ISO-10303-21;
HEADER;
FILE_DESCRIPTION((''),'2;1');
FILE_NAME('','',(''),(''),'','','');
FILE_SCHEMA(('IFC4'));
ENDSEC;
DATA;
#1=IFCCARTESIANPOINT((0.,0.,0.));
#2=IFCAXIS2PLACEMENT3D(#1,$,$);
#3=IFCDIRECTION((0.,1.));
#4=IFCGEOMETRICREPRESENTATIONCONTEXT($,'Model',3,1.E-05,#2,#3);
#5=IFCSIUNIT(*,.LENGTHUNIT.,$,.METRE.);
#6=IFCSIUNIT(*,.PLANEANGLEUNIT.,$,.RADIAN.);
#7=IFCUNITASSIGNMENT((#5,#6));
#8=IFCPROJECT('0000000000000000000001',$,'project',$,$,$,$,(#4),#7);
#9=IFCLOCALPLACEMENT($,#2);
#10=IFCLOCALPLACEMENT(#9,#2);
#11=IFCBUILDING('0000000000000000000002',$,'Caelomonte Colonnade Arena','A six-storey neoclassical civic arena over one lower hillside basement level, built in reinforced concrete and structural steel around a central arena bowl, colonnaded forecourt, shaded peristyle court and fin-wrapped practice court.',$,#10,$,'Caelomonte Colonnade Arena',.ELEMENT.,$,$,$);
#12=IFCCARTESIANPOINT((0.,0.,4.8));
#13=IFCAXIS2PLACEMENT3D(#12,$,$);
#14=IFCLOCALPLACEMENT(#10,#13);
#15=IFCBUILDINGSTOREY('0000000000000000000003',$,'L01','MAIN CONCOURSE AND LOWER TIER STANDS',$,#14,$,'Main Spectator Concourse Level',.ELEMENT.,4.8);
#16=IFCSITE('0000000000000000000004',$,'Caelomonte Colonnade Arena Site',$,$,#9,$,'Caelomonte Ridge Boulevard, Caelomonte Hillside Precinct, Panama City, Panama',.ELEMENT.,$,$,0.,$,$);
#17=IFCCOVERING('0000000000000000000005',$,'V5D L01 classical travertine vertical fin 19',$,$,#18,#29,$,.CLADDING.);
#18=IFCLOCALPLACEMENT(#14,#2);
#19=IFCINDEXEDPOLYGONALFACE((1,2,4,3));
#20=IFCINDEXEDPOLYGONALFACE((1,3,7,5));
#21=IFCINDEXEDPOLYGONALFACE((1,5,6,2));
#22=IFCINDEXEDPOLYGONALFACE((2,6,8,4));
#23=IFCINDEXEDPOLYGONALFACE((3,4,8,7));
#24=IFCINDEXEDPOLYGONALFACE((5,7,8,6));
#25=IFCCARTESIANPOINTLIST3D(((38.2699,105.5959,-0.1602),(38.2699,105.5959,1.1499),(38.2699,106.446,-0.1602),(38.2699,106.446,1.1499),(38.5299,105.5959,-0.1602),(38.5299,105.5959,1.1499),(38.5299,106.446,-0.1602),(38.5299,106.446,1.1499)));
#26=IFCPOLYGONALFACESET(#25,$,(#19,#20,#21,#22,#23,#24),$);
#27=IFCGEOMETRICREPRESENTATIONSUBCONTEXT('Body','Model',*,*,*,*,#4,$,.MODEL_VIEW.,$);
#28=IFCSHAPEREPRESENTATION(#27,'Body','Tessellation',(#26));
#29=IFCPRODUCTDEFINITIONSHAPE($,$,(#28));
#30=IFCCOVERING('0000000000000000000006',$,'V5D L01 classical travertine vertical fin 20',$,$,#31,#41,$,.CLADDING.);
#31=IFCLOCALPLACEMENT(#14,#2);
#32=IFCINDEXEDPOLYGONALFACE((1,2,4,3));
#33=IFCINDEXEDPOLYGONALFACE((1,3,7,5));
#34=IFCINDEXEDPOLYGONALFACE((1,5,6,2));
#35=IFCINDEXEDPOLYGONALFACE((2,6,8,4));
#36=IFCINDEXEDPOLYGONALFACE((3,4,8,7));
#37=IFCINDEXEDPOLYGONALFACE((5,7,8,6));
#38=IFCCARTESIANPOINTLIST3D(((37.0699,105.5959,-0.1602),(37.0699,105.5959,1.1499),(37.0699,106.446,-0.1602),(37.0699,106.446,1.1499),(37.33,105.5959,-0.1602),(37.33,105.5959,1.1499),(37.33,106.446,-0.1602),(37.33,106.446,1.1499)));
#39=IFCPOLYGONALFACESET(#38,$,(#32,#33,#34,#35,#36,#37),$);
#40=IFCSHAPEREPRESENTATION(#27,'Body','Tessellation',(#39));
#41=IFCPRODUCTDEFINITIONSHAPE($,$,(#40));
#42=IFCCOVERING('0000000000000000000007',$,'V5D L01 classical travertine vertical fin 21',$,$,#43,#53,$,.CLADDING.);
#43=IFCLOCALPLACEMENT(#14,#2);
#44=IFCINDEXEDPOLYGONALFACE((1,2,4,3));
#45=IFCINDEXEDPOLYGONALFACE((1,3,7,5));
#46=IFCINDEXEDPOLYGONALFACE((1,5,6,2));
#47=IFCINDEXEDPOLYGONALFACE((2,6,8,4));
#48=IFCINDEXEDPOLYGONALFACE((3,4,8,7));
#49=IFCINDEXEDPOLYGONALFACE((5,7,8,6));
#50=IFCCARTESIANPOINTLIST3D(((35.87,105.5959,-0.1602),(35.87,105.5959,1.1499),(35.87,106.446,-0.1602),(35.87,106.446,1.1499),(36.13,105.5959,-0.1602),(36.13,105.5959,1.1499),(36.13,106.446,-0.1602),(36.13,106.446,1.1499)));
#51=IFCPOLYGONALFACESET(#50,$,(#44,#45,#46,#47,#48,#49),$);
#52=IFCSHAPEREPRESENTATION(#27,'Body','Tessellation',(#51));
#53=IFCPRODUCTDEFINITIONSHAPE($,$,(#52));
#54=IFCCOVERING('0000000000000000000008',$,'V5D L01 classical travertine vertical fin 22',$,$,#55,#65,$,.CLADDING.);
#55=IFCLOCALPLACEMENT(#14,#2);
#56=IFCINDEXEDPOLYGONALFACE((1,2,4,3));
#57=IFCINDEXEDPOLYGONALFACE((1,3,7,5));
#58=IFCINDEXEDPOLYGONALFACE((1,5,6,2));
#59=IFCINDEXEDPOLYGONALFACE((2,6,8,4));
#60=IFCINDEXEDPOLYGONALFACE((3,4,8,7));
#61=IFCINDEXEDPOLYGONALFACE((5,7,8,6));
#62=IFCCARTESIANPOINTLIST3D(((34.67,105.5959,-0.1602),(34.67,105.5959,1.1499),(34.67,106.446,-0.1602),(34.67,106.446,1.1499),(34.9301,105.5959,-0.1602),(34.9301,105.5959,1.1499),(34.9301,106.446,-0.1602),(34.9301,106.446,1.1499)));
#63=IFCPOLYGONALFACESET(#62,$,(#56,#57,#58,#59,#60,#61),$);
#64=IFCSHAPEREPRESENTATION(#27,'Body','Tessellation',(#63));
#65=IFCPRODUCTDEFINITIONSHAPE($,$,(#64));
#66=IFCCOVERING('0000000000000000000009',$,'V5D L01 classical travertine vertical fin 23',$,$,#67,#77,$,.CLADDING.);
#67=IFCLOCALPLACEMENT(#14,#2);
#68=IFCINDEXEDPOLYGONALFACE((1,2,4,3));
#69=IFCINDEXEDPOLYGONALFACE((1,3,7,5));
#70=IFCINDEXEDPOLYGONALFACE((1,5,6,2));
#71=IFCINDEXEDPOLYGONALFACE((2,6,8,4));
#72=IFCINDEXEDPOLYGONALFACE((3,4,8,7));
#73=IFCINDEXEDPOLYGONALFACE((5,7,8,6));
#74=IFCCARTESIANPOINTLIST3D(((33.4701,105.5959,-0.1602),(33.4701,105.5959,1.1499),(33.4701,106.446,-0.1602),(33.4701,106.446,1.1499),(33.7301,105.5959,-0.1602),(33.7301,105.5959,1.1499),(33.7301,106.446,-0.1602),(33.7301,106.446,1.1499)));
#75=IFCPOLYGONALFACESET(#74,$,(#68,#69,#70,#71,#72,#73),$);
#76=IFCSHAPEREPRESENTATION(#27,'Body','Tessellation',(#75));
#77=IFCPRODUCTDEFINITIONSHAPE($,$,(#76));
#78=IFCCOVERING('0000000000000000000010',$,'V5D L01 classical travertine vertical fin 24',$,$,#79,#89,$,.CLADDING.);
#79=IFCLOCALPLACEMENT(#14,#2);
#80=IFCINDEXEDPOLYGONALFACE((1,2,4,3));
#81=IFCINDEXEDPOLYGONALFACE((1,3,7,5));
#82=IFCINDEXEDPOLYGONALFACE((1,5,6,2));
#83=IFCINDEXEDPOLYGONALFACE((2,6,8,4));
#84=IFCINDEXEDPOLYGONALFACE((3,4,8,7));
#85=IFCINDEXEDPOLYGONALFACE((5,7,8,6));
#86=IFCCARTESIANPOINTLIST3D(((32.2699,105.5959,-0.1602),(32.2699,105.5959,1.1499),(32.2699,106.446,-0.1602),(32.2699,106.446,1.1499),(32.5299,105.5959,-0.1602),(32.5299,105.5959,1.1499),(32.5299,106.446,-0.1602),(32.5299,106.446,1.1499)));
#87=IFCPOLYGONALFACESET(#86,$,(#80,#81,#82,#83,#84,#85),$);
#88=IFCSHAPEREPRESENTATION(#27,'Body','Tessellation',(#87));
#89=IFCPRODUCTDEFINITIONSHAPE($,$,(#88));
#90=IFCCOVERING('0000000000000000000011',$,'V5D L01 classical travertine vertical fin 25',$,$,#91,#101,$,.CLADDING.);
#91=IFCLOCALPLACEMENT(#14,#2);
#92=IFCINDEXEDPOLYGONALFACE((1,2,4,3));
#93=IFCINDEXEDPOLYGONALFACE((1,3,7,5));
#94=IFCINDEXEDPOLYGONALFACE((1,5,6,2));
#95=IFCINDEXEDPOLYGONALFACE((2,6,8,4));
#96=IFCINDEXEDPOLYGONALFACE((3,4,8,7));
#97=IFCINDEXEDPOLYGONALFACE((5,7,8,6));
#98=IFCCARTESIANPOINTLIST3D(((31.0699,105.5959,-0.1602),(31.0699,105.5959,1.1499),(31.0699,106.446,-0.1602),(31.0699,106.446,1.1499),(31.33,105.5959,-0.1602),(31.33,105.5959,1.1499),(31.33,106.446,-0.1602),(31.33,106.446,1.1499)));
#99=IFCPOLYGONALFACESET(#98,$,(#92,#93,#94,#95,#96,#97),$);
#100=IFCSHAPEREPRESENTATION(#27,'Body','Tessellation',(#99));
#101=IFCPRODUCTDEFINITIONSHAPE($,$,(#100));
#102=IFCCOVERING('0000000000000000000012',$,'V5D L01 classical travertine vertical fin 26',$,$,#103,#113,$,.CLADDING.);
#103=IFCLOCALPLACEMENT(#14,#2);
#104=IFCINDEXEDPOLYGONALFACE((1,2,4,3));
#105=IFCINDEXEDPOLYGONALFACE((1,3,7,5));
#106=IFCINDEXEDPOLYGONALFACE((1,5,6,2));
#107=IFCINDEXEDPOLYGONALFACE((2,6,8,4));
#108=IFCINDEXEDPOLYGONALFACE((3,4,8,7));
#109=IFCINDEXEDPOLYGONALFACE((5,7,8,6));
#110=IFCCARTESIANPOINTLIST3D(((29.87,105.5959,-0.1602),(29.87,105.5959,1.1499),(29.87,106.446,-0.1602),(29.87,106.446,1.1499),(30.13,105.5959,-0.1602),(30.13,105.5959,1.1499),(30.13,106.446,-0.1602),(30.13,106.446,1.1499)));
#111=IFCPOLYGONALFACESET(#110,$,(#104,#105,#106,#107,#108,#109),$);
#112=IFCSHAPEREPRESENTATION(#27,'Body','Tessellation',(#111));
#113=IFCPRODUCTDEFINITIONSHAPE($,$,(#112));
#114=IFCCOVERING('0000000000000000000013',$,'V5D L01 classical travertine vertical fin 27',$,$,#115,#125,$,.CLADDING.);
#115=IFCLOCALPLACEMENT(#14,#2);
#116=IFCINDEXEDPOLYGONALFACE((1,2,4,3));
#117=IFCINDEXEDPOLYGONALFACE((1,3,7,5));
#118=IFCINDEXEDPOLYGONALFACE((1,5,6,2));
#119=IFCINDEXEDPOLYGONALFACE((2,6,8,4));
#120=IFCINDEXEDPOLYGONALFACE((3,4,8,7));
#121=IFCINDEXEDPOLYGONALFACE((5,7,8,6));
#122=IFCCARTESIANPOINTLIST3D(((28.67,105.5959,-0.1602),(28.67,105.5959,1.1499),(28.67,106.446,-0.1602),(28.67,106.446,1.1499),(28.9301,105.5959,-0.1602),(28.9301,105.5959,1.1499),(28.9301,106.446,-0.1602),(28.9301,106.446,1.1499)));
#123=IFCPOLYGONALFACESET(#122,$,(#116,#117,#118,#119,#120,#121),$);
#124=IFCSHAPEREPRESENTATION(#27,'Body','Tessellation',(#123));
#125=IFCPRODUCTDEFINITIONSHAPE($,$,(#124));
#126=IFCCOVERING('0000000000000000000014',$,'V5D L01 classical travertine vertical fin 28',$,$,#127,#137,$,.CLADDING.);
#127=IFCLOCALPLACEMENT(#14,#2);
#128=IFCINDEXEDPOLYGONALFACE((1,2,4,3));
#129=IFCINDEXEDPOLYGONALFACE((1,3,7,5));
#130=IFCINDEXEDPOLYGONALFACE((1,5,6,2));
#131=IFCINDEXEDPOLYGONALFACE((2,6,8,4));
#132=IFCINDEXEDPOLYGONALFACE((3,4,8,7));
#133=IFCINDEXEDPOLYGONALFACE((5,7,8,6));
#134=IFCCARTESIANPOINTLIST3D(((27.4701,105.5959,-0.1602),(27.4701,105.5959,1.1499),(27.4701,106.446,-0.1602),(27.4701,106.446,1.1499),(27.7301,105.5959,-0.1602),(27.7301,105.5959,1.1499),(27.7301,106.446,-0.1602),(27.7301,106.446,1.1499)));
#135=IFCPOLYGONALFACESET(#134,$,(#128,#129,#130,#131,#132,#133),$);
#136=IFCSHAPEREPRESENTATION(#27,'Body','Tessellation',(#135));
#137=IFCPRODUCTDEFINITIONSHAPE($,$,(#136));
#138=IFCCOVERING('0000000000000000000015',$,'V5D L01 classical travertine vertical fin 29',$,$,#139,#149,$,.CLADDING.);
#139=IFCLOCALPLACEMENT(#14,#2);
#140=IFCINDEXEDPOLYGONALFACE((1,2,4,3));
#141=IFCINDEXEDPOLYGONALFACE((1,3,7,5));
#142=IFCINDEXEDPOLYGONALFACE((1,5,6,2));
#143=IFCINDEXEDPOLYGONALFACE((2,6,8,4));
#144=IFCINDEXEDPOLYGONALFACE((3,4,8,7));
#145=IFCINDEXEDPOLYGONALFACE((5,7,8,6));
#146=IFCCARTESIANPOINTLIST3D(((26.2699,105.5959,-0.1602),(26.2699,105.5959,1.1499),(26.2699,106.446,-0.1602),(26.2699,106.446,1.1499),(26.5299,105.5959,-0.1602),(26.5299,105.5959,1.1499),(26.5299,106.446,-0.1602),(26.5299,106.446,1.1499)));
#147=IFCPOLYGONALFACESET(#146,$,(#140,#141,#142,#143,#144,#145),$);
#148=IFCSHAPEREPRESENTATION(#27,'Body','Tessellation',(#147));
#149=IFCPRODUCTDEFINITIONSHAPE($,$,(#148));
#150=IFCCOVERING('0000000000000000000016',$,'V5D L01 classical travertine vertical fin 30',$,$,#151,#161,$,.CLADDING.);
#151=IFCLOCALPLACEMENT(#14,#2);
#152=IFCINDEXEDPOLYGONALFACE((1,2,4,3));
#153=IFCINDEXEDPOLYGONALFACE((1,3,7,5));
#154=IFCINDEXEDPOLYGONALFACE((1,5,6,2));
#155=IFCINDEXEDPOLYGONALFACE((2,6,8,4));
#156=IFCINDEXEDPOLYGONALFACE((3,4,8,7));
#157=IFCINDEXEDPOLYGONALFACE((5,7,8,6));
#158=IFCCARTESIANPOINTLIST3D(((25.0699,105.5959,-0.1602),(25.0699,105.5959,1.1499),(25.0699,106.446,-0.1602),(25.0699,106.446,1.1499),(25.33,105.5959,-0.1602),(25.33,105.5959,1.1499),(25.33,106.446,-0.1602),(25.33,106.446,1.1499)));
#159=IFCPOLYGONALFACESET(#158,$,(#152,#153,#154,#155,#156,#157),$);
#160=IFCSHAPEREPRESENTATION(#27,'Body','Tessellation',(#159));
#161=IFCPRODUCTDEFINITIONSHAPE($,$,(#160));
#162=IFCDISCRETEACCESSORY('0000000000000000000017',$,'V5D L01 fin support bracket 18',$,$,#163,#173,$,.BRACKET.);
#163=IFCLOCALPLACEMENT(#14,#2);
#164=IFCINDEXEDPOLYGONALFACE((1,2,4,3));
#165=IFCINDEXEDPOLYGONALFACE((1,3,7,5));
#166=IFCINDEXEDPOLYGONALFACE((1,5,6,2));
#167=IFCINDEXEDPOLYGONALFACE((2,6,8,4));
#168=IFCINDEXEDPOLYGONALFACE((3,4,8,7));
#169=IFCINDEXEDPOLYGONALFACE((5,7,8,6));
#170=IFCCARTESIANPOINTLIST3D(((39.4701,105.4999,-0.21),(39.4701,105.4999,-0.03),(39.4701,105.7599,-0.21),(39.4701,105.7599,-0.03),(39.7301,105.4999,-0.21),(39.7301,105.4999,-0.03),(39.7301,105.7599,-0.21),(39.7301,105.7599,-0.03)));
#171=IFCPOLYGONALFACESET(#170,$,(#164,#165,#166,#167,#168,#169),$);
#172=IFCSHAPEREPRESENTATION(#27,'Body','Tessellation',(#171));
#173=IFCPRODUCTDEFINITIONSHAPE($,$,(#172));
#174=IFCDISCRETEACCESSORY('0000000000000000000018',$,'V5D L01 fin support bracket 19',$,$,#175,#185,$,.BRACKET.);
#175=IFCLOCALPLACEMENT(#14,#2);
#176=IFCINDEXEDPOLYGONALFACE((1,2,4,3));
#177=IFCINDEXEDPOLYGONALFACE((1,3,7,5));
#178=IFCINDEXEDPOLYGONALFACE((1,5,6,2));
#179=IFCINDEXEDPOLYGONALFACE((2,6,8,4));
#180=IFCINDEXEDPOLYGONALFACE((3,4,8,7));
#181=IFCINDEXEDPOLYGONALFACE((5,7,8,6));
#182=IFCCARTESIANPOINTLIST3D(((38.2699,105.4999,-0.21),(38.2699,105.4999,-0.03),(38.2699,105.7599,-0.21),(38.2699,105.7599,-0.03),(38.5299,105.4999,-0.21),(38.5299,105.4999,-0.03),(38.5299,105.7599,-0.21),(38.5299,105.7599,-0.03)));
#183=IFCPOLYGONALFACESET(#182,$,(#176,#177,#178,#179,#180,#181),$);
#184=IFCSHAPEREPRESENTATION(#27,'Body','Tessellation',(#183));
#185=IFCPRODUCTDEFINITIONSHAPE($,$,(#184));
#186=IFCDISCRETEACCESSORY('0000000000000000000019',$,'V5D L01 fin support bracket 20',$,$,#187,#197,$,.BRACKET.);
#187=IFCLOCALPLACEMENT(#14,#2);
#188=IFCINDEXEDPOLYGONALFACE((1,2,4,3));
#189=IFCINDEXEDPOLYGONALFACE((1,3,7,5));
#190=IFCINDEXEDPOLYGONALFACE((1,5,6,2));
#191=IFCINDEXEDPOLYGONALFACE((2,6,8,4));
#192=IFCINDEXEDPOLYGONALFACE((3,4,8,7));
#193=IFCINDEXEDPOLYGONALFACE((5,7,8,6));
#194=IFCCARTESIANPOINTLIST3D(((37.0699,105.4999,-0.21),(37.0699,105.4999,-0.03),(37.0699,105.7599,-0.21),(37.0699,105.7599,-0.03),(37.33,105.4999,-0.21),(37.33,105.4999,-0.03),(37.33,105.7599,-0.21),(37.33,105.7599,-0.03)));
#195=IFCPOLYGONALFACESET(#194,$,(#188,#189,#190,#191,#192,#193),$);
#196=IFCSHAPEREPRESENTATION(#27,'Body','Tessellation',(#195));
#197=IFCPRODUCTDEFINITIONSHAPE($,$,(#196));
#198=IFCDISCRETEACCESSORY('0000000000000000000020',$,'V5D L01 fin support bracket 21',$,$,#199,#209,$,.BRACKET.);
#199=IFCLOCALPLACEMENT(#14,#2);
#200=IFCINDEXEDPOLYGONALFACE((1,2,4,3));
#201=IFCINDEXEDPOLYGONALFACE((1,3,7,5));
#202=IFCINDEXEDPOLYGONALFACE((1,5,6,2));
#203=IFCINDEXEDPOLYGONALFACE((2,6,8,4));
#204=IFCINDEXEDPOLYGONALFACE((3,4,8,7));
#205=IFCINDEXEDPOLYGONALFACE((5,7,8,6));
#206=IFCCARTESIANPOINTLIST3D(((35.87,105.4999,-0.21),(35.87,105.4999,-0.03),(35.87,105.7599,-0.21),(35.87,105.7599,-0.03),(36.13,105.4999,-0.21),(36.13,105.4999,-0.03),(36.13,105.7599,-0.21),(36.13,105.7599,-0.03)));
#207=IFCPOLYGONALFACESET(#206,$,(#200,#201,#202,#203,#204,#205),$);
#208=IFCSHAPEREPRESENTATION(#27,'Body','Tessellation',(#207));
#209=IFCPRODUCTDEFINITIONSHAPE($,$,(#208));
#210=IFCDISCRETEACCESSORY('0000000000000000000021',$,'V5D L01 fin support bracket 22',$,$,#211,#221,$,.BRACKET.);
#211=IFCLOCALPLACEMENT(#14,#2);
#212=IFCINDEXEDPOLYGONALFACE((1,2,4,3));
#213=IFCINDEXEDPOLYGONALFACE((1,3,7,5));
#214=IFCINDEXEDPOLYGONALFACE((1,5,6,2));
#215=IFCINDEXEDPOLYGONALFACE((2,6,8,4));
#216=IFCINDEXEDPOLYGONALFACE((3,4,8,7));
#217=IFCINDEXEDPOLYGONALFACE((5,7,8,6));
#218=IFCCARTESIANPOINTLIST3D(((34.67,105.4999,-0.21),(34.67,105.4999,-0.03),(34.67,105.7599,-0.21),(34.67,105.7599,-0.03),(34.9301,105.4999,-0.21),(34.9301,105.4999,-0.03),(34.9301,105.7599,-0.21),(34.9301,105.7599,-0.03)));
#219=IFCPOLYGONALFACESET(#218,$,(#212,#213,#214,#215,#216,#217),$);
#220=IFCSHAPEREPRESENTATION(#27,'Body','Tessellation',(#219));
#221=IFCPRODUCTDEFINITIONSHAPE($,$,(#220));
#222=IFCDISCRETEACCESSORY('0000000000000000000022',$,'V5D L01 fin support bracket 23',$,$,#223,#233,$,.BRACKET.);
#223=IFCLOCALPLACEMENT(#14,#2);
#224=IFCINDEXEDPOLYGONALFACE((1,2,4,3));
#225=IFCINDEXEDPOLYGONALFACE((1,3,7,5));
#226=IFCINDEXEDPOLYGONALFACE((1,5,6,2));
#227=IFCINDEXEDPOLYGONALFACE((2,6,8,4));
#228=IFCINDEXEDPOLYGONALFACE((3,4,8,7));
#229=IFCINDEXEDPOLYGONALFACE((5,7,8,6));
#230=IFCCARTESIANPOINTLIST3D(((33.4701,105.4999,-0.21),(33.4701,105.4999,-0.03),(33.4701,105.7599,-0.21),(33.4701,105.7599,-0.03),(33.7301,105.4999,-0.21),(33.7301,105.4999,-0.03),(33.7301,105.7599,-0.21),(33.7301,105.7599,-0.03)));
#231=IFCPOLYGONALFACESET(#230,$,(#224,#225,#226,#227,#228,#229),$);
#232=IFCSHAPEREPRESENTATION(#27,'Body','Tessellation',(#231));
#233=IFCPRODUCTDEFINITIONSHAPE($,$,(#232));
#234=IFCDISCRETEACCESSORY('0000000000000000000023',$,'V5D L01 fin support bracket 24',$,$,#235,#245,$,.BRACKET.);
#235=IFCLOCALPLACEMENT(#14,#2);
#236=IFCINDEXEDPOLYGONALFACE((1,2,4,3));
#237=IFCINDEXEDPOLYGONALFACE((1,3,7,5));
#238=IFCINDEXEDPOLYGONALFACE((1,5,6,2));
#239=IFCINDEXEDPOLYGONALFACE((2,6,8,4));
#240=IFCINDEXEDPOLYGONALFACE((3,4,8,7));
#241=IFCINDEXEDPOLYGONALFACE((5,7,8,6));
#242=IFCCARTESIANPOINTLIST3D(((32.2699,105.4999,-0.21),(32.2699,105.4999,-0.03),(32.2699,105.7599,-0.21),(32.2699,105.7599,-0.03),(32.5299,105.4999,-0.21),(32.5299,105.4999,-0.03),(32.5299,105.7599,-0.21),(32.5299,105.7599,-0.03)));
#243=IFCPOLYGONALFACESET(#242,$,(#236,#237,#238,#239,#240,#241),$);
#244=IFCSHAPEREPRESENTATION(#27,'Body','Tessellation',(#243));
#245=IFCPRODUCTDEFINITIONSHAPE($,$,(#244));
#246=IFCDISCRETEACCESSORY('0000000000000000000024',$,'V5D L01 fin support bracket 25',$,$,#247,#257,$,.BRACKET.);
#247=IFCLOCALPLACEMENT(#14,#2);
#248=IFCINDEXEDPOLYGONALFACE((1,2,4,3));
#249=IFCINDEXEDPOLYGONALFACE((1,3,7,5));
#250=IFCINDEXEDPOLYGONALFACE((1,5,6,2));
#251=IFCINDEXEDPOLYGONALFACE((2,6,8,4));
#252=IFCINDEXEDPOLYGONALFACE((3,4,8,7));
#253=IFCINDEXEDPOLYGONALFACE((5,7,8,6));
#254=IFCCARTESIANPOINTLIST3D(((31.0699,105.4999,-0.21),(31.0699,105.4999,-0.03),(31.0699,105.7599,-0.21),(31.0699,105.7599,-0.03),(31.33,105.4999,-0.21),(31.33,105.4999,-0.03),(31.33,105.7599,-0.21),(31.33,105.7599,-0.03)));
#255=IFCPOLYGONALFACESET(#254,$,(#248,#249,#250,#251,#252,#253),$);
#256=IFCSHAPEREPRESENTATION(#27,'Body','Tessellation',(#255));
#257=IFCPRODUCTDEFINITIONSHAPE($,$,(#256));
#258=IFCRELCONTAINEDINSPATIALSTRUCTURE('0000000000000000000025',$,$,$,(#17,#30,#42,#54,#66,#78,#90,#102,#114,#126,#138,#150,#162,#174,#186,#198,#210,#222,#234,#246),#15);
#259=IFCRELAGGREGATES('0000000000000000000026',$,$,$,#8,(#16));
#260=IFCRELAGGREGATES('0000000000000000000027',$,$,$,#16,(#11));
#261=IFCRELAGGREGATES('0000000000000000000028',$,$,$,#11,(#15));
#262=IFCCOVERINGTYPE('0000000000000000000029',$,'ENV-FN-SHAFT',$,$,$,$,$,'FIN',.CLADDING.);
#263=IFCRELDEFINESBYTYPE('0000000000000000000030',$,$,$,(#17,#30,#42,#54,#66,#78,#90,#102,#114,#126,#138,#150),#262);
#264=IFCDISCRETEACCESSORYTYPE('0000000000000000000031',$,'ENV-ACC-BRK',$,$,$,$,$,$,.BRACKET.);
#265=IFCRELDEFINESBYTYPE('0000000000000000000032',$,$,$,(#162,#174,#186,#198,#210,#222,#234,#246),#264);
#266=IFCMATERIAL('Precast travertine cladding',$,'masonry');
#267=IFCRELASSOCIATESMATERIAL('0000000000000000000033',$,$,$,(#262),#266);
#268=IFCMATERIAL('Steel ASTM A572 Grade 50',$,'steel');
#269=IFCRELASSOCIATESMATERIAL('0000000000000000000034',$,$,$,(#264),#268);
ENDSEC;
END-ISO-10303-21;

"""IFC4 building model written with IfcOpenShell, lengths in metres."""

from ifc_helpers import new_model, si_unit, direction, frame, origin, origin_2d, place, context, subcontext, project, spatial, rectangle, extrude, material, material_profile, profile_set, type_object, element, save


model = new_model("IFC4")

# Units and contexts
model_context = context("Model", 3, precision=1e-05, world=origin(), true_north=direction((0.0, 1.0)))
body_context = subcontext(model_context, "Body", "Model", "MODEL_VIEW")
ifc_project = project(units=[si_unit("LENGTHUNIT", "METRE"), si_unit("PLANEANGLEUNIT", "RADIAN")], contexts=[model_context])

# Site, building, storey
site_placement = place(None, origin())
site = spatial("IfcSite", under=ifc_project, at=site_placement, Name="Caelomonte Colonnade Arena Site", LongName="Caelomonte Ridge Boulevard, Caelomonte Hillside Precinct, Panama City, Panama", CompositionType="ELEMENT", RefElevation=0.0)
building_placement = place(site_placement, origin())
building = spatial("IfcBuilding", under=site, at=building_placement, Name="Caelomonte Colonnade Arena", Description="A six-storey neoclassical civic arena over one lower hillside basement level, built in reinforced concrete and structural steel around a central arena bowl, colonnaded forecourt, shaded peristyle court and fin-wrapped practice court.", LongName="Caelomonte Colonnade Arena", CompositionType="ELEMENT")
storey_placement = place(building_placement, frame((0.0, 0.0, 4.8)))
storey = spatial("IfcBuildingStorey", under=building, at=storey_placement, Name="L01", Description="MAIN CONCOURSE AND LOWER TIER STANDS", LongName="Main Spectator Concourse Level", CompositionType="ELEMENT", Elevation=4.8)

# Coverings
ifc_material_1 = material(Name="Precast travertine cladding", Category="masonry")
ifc_material_profile = material_profile(ifc_material_1, rectangle(XDim=0.26, YDim=0.8501, at=origin_2d()), Name="FIN260X850")
ifc_profile_set = profile_set([ifc_material_profile], Name="Precast travertine cladding")
covering_type = type_object("IfcCoveringType", Name="ENV-FN-SHAFT", ElementType="FIN", PredefinedType="CLADDING", material=ifc_profile_set)
for number, where, z_axis, x_axis, name in (
    (1, (38.3999, 106.021, -0.1602), (0.0, 0.0, 1.0), (1.0, 0.0, 0.0), "V5D L01 classical travertine vertical fin 19"),
    (2, (37.2, 106.021, -0.1602), (0.0, 0.0, 1.0), (1.0, 0.0, 0.0), "V5D L01 classical travertine vertical fin 20"),
    (3, (36.0, 106.021, -0.1602), (0.0, 0.0, 1.0), (1.0, 0.0, 0.0), "V5D L01 classical travertine vertical fin 21"),
    (4, (34.8, 106.021, -0.1602), (0.0, 0.0, 1.0), (1.0, 0.0, 0.0), "V5D L01 classical travertine vertical fin 22"),
    (5, (33.6001, 106.021, -0.1602), (0.0, 0.0, 1.0), (1.0, 0.0, 0.0), "V5D L01 classical travertine vertical fin 23"),
    (6, (32.3999, 106.021, -0.1602), (0.0, 0.0, 1.0), (1.0, 0.0, 0.0), "V5D L01 classical travertine vertical fin 24"),
    (7, (31.2, 106.021, -0.1602), (0.0, 0.0, 1.0), (1.0, 0.0, 0.0), "V5D L01 classical travertine vertical fin 25"),
    (8, (30.0, 106.021, -0.1602), (0.0, 0.0, 1.0), (1.0, 0.0, 0.0), "V5D L01 classical travertine vertical fin 26"),
    (9, (28.8, 106.021, -0.1602), (0.0, 0.0, 1.0), (1.0, 0.0, 0.0), "V5D L01 classical travertine vertical fin 27"),
    (10, (27.6001, 106.021, -0.1602), (0.0, 0.0, 1.0), (1.0, 0.0, 0.0), "V5D L01 classical travertine vertical fin 28"),
    (11, (26.3999, 106.021, -0.1602), (0.0, 0.0, 1.0), (1.0, 0.0, 0.0), "V5D L01 classical travertine vertical fin 29"),
    (12, (25.2, 106.021, -0.1602), (0.0, 0.0, 1.0), (1.0, 0.0, 0.0), "V5D L01 classical travertine vertical fin 30"),
):
    element("IfcCovering", number, at=place(storey_placement, frame(where, z_axis=z_axis, x_axis=x_axis)), inside=storey, type_object=covering_type, Name=name, PredefinedType="CLADDING", context=body_context, shape_type="SweptSolid", body=[
        extrude(rectangle(XDim=0.26, YDim=0.8501, at=origin_2d()), origin(), (0.0, 0.0, 1.0), 1.3101),
    ])

# Discrete accessories
ifc_material_2 = material(Name="Steel ASTM A572 Grade 50", Category="steel")
discrete_accessory_type = type_object("IfcDiscreteAccessoryType", Name="ENV-ACC-BRK", PredefinedType="BRACKET", material=ifc_material_2)
for number, where, z_axis, x_axis, name in (
    (13, (39.6001, 105.6299, -0.21), (0.0, 0.0, 1.0), (-1.0, 0.0, 0.0), "V5D L01 fin support bracket 18"),
    (14, (38.3999, 105.6299, -0.21), (0.0, 0.0, 1.0), (-1.0, 0.0, 0.0), "V5D L01 fin support bracket 19"),
    (15, (37.2, 105.6299, -0.21), (0.0, 0.0, 1.0), (-1.0, 0.0, 0.0), "V5D L01 fin support bracket 20"),
    (16, (36.0, 105.6299, -0.21), (0.0, 0.0, 1.0), (-1.0, 0.0, 0.0), "V5D L01 fin support bracket 21"),
    (17, (34.8, 105.6299, -0.21), (0.0, 0.0, 1.0), (-1.0, 0.0, 0.0), "V5D L01 fin support bracket 22"),
    (18, (33.6001, 105.6299, -0.21), (0.0, 0.0, 1.0), (-1.0, 0.0, 0.0), "V5D L01 fin support bracket 23"),
    (19, (32.3999, 105.6299, -0.21), (0.0, 0.0, 1.0), (-1.0, 0.0, 0.0), "V5D L01 fin support bracket 24"),
    (20, (31.2, 105.6299, -0.21), (0.0, 0.0, 1.0), (-1.0, 0.0, 0.0), "V5D L01 fin support bracket 25"),
):
    element("IfcDiscreteAccessory", number, at=place(storey_placement, frame(where, z_axis=z_axis, x_axis=x_axis)), inside=storey, type_object=discrete_accessory_type, Name=name, PredefinedType="BRACKET", context=body_context, shape_type="SweptSolid", body=[
        extrude(rectangle(XDim=0.26, YDim=0.26, at=origin_2d()), origin(), (0.0, 0.0, 1.0), 0.1799),
    ])

save(model, "model.ifc")
